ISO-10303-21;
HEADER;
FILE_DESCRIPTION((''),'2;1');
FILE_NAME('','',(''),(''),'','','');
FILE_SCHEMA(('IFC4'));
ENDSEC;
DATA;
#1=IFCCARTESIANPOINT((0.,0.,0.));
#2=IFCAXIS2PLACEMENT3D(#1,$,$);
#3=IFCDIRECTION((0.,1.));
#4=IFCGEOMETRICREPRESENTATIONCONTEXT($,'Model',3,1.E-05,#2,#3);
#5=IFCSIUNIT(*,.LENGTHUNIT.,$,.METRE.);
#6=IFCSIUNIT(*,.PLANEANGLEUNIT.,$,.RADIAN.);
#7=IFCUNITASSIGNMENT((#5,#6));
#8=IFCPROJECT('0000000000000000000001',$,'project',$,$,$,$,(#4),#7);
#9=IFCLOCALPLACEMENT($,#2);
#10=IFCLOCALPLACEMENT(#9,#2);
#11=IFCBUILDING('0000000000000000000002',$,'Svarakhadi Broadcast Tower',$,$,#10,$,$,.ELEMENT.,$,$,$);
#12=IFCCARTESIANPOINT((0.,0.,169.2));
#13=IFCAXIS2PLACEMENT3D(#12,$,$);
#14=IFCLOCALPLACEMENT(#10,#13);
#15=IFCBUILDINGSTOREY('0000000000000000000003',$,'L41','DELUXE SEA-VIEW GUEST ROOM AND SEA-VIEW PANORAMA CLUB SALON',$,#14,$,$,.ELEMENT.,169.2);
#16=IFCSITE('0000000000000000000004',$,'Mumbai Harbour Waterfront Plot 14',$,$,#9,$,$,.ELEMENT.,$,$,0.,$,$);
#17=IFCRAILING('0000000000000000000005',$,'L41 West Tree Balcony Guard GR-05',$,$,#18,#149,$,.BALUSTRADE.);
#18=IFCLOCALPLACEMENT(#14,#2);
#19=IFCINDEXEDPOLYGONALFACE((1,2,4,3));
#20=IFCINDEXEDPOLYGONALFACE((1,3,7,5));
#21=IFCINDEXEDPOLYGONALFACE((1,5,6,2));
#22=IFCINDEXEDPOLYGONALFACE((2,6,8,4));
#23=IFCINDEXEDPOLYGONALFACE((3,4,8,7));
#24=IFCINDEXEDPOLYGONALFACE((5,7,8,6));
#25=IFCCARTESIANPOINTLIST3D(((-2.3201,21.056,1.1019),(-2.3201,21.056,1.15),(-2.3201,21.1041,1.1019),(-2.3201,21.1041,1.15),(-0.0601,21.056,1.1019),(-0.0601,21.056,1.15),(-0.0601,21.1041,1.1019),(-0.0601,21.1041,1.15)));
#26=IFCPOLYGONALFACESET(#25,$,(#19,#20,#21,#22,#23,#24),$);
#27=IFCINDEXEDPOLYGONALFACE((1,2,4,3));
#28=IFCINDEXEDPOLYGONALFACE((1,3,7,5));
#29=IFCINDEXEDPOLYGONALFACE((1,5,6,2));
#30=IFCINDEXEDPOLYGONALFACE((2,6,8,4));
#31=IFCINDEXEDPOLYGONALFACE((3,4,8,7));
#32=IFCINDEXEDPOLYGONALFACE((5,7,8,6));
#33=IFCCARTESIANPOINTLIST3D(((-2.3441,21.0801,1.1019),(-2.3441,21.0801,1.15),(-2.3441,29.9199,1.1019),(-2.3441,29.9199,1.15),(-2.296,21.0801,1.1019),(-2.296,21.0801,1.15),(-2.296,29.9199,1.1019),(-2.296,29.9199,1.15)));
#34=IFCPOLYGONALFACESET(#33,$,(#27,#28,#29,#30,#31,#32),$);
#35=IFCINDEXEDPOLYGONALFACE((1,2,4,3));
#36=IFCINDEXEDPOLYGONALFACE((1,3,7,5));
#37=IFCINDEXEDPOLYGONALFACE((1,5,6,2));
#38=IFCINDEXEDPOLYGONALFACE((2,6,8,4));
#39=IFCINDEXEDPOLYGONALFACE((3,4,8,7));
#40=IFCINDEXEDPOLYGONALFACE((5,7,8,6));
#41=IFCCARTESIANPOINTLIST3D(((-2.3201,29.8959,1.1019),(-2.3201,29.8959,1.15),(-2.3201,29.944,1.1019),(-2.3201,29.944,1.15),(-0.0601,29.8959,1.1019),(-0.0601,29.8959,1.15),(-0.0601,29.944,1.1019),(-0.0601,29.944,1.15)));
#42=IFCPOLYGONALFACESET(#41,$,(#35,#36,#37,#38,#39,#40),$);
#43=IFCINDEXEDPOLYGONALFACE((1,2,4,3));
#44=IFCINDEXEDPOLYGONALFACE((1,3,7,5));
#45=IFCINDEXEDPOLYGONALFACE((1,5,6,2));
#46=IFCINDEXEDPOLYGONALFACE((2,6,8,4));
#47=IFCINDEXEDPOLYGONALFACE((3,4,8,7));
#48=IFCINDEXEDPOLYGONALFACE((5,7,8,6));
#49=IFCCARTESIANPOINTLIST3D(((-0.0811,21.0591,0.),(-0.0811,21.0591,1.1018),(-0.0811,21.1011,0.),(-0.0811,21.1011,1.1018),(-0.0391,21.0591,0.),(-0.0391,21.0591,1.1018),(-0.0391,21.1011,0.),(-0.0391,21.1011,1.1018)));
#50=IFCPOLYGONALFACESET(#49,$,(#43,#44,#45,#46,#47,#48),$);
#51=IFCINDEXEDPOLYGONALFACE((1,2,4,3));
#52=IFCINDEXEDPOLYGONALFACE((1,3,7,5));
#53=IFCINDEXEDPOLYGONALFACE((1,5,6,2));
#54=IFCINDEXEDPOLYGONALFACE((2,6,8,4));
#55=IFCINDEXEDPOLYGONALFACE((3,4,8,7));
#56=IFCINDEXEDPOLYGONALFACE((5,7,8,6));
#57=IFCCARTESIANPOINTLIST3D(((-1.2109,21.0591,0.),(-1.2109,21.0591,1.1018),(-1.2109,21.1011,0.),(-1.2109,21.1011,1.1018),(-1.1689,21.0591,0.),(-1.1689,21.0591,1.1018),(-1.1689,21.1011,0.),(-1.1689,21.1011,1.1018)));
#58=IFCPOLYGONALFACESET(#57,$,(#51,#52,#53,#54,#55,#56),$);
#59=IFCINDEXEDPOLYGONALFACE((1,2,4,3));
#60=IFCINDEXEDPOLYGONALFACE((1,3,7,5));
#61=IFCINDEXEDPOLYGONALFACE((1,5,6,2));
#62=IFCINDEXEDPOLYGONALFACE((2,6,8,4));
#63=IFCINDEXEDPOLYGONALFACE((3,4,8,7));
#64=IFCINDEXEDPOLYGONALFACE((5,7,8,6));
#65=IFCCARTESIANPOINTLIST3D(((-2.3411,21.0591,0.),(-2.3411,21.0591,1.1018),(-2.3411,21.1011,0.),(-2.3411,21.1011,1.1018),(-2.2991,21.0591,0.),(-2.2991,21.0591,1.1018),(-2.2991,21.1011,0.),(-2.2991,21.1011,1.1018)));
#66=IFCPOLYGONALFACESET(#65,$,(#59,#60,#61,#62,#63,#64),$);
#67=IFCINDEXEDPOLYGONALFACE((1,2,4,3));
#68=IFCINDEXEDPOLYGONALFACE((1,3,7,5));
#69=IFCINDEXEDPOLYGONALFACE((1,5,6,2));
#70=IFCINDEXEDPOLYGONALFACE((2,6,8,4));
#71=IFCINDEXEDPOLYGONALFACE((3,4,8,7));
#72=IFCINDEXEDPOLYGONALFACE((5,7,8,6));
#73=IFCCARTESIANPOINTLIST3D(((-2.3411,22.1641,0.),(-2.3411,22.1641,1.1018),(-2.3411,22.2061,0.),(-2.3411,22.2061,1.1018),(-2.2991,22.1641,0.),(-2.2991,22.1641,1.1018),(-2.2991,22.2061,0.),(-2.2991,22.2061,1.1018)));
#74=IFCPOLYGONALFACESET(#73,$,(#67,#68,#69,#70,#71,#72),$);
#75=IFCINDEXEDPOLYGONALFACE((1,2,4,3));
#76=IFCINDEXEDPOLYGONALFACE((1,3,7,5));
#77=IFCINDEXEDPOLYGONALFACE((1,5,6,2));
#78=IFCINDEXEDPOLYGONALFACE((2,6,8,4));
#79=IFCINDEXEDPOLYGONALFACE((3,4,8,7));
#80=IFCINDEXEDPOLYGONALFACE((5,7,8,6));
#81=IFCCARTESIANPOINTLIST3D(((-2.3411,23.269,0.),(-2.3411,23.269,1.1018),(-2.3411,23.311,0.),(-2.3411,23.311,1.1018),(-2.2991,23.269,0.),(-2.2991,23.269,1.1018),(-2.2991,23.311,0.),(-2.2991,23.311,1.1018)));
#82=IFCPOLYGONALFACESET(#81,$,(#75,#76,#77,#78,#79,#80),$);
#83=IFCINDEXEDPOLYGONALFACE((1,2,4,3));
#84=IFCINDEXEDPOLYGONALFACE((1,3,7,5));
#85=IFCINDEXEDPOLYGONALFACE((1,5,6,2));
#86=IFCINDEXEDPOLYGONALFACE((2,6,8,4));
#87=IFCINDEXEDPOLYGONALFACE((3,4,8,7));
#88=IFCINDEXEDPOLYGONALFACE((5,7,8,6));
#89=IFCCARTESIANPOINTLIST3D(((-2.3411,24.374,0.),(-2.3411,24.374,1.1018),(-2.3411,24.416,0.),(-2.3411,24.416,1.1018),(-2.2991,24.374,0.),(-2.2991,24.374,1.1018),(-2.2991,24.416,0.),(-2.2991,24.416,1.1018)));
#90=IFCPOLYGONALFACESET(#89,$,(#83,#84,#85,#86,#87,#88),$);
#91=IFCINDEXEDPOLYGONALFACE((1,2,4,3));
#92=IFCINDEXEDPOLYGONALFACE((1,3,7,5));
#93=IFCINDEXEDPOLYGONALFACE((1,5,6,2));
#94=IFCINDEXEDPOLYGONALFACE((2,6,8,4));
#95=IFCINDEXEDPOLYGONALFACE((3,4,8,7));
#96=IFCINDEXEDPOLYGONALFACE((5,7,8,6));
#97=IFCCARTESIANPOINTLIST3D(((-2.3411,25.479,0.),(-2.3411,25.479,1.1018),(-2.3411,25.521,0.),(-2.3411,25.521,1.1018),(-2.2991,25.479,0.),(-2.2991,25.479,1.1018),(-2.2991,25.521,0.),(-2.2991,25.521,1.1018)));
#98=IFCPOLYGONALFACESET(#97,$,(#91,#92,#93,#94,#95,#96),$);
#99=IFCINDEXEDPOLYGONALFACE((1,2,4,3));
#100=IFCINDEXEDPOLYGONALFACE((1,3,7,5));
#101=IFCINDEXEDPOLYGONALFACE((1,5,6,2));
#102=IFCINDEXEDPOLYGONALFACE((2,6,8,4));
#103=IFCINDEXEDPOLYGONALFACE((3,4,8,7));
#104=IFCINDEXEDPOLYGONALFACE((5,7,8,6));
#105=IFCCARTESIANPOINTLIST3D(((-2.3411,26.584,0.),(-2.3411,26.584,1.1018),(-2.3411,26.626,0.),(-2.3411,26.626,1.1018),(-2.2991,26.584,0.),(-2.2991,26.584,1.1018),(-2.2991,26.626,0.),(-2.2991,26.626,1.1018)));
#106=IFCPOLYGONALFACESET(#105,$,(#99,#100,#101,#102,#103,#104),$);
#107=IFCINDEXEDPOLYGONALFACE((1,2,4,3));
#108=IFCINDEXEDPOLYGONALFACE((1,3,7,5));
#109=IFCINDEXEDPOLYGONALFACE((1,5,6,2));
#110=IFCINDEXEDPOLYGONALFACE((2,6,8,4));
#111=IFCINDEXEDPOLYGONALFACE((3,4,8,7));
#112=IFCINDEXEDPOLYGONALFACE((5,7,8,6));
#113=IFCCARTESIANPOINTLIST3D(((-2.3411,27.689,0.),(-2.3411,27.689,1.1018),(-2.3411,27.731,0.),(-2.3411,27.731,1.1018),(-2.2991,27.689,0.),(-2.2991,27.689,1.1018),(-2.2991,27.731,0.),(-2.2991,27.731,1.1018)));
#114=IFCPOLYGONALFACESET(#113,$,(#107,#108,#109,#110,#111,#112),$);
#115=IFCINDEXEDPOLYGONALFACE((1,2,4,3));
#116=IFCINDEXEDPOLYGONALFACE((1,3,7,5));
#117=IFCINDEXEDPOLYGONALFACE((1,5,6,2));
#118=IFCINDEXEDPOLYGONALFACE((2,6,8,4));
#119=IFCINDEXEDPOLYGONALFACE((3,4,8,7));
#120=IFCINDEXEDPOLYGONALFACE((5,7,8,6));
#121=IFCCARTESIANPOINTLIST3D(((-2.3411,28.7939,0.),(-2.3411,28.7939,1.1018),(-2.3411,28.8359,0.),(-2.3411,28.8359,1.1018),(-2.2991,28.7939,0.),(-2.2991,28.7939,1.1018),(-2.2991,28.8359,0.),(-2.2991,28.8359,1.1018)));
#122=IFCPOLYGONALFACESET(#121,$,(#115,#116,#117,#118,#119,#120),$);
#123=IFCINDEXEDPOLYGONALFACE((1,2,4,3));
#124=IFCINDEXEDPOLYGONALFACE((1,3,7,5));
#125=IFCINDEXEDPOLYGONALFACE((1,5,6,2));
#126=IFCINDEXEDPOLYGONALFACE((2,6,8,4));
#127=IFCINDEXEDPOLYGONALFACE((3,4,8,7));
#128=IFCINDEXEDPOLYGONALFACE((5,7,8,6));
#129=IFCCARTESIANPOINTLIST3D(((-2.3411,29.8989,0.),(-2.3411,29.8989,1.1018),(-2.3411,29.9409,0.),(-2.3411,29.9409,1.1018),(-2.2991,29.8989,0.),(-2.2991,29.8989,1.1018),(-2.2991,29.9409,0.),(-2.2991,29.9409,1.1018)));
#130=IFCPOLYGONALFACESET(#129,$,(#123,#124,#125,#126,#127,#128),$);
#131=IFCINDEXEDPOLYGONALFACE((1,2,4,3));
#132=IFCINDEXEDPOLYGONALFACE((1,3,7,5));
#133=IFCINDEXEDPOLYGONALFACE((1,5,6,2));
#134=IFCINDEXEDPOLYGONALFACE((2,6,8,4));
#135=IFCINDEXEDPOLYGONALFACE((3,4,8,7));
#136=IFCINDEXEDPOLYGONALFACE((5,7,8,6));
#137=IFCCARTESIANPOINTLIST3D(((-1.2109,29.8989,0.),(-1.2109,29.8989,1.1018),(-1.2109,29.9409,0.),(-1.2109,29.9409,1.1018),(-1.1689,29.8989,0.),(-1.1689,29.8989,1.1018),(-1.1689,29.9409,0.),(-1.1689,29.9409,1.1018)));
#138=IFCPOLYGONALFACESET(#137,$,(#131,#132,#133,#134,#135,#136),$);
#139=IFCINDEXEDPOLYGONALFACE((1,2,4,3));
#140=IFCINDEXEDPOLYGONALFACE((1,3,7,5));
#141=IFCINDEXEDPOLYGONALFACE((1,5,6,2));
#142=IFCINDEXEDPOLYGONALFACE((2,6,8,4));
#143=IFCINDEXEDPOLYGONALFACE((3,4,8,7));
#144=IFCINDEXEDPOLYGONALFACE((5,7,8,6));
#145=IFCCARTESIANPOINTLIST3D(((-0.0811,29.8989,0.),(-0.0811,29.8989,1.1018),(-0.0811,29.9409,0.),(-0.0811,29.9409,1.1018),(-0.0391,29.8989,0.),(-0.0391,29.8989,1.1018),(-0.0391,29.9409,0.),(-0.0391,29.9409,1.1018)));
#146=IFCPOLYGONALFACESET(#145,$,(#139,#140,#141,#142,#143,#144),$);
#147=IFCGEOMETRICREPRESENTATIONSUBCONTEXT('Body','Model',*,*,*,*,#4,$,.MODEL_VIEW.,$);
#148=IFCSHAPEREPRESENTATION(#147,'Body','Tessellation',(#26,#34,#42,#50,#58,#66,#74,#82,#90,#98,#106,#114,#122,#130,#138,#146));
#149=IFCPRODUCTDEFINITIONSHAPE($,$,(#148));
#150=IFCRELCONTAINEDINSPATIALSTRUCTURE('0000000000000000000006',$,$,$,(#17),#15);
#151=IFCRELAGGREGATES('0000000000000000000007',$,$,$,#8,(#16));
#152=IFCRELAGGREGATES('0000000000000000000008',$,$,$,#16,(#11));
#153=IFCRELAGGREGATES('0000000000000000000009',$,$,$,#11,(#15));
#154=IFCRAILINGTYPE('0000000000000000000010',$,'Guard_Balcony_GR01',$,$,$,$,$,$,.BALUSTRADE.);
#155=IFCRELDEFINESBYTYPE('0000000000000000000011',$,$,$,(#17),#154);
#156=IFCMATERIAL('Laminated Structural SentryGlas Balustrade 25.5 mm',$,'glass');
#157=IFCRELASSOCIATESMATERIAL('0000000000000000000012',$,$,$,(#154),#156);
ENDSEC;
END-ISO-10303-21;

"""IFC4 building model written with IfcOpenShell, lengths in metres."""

from ifc_helpers import new_model, si_unit, direction, frame, origin, origin_2d, place, context, subcontext, project, spatial, rectangle, extrude, material, type_object, element, save


model = new_model("IFC4")

# Units and contexts
model_context = context("Model", 3, precision=1e-05, world=origin(), true_north=direction((0.0, 1.0)))
body_context = subcontext(model_context, "Body", "Model", "MODEL_VIEW")
ifc_project = project(units=[si_unit("LENGTHUNIT", "METRE"), si_unit("PLANEANGLEUNIT", "RADIAN")], contexts=[model_context])

# Site, building, storey
site_placement = place(None, origin())
site = spatial("IfcSite", under=ifc_project, at=site_placement, Name="Mumbai Harbour Waterfront Plot 14", CompositionType="ELEMENT", RefElevation=0.0)
building_placement = place(site_placement, origin())
building = spatial("IfcBuilding", under=site, at=building_placement, Name="Svarakhadi Broadcast Tower", CompositionType="ELEMENT")
storey_placement = place(building_placement, frame((0.0, 0.0, 169.2)))
storey = spatial("IfcBuildingStorey", under=building, at=storey_placement, Name="L41", Description="DELUXE SEA-VIEW GUEST ROOM AND SEA-VIEW PANORAMA CLUB SALON", CompositionType="ELEMENT", Elevation=169.2)

# Railing
ifc_material_1 = material(Name="Laminated Structural SentryGlas Balustrade 25.5 mm", Category="glass")
railing_type = type_object("IfcRailingType", Name="Guard_Balcony_GR01", PredefinedType="BALUSTRADE", material=ifc_material_1)
railing_placement = place(storey_placement, frame((-0.0601, 21.0801, 0.0)))
element("IfcRailing", 1, at=railing_placement, inside=storey, type_object=railing_type, Name="L41 West Tree Balcony Guard GR-05", PredefinedType="BALUSTRADE", context=body_context, shape_type="SweptSolid", body=[
    extrude(rectangle(XDim=0.0481, YDim=0.0481, at=origin_2d()), frame((0.0, 0.0, 1.126), z_axis=(-1.0, 0.0, 0.0), x_axis=(0.0, -1.0, 0.0)), (0.0, 0.0, 1.0), 2.26),
    extrude(rectangle(XDim=0.0481, YDim=0.0481, at=origin_2d()), frame((-2.26, 0.0, 1.126), z_axis=(0.0, 1.0, 0.0), x_axis=(-1.0, 0.0, 0.0)), (0.0, 0.0, 1.0), 8.8398),
    extrude(rectangle(XDim=0.0481, YDim=0.0481, at=origin_2d()), frame((-2.26, 8.8398, 1.126), z_axis=(1.0, 0.0, 0.0), x_axis=(0.0, 1.0, 0.0)), (0.0, 0.0, 1.0), 2.26),
    extrude(rectangle(XDim=0.042, YDim=0.042, at=origin_2d()), origin(), (0.0, 0.0, 1.0), 1.1018),
    extrude(rectangle(XDim=0.042, YDim=0.042, at=origin_2d()), frame((-1.1299, 0.0, 0.0)), (0.0, 0.0, 1.0), 1.1018),
    extrude(rectangle(XDim=0.042, YDim=0.042, at=origin_2d()), frame((-2.26, 0.0, 0.0)), (0.0, 0.0, 1.0), 1.1018),
    extrude(rectangle(XDim=0.042, YDim=0.042, at=origin_2d()), frame((-2.26, 1.105, 0.0)), (0.0, 0.0, 1.0), 1.1018),
    extrude(rectangle(XDim=0.042, YDim=0.042, at=origin_2d()), frame((-2.26, 2.21, 0.0)), (0.0, 0.0, 1.0), 1.1018),
    extrude(rectangle(XDim=0.042, YDim=0.042, at=origin_2d()), frame((-2.26, 3.3149, 0.0)), (0.0, 0.0, 1.0), 1.1018),
    extrude(rectangle(XDim=0.042, YDim=0.042, at=origin_2d()), frame((-2.26, 4.4199, 0.0)), (0.0, 0.0, 1.0), 1.1018),
    extrude(rectangle(XDim=0.042, YDim=0.042, at=origin_2d()), frame((-2.26, 5.5249, 0.0)), (0.0, 0.0, 1.0), 1.1018),
    extrude(rectangle(XDim=0.042, YDim=0.042, at=origin_2d()), frame((-2.26, 6.6299, 0.0)), (0.0, 0.0, 1.0), 1.1018),
    extrude(rectangle(XDim=0.042, YDim=0.042, at=origin_2d()), frame((-2.26, 7.7349, 0.0)), (0.0, 0.0, 1.0), 1.1018),
    extrude(rectangle(XDim=0.042, YDim=0.042, at=origin_2d()), frame((-2.26, 8.8398, 0.0)), (0.0, 0.0, 1.0), 1.1018),
    extrude(rectangle(XDim=0.042, YDim=0.042, at=origin_2d()), frame((-1.1299, 8.8398, 0.0)), (0.0, 0.0, 1.0), 1.1018),
    extrude(rectangle(XDim=0.042, YDim=0.042, at=origin_2d()), frame((0.0, 8.8398, 0.0)), (0.0, 0.0, 1.0), 1.1018),
])

save(model, "model.ifc")
